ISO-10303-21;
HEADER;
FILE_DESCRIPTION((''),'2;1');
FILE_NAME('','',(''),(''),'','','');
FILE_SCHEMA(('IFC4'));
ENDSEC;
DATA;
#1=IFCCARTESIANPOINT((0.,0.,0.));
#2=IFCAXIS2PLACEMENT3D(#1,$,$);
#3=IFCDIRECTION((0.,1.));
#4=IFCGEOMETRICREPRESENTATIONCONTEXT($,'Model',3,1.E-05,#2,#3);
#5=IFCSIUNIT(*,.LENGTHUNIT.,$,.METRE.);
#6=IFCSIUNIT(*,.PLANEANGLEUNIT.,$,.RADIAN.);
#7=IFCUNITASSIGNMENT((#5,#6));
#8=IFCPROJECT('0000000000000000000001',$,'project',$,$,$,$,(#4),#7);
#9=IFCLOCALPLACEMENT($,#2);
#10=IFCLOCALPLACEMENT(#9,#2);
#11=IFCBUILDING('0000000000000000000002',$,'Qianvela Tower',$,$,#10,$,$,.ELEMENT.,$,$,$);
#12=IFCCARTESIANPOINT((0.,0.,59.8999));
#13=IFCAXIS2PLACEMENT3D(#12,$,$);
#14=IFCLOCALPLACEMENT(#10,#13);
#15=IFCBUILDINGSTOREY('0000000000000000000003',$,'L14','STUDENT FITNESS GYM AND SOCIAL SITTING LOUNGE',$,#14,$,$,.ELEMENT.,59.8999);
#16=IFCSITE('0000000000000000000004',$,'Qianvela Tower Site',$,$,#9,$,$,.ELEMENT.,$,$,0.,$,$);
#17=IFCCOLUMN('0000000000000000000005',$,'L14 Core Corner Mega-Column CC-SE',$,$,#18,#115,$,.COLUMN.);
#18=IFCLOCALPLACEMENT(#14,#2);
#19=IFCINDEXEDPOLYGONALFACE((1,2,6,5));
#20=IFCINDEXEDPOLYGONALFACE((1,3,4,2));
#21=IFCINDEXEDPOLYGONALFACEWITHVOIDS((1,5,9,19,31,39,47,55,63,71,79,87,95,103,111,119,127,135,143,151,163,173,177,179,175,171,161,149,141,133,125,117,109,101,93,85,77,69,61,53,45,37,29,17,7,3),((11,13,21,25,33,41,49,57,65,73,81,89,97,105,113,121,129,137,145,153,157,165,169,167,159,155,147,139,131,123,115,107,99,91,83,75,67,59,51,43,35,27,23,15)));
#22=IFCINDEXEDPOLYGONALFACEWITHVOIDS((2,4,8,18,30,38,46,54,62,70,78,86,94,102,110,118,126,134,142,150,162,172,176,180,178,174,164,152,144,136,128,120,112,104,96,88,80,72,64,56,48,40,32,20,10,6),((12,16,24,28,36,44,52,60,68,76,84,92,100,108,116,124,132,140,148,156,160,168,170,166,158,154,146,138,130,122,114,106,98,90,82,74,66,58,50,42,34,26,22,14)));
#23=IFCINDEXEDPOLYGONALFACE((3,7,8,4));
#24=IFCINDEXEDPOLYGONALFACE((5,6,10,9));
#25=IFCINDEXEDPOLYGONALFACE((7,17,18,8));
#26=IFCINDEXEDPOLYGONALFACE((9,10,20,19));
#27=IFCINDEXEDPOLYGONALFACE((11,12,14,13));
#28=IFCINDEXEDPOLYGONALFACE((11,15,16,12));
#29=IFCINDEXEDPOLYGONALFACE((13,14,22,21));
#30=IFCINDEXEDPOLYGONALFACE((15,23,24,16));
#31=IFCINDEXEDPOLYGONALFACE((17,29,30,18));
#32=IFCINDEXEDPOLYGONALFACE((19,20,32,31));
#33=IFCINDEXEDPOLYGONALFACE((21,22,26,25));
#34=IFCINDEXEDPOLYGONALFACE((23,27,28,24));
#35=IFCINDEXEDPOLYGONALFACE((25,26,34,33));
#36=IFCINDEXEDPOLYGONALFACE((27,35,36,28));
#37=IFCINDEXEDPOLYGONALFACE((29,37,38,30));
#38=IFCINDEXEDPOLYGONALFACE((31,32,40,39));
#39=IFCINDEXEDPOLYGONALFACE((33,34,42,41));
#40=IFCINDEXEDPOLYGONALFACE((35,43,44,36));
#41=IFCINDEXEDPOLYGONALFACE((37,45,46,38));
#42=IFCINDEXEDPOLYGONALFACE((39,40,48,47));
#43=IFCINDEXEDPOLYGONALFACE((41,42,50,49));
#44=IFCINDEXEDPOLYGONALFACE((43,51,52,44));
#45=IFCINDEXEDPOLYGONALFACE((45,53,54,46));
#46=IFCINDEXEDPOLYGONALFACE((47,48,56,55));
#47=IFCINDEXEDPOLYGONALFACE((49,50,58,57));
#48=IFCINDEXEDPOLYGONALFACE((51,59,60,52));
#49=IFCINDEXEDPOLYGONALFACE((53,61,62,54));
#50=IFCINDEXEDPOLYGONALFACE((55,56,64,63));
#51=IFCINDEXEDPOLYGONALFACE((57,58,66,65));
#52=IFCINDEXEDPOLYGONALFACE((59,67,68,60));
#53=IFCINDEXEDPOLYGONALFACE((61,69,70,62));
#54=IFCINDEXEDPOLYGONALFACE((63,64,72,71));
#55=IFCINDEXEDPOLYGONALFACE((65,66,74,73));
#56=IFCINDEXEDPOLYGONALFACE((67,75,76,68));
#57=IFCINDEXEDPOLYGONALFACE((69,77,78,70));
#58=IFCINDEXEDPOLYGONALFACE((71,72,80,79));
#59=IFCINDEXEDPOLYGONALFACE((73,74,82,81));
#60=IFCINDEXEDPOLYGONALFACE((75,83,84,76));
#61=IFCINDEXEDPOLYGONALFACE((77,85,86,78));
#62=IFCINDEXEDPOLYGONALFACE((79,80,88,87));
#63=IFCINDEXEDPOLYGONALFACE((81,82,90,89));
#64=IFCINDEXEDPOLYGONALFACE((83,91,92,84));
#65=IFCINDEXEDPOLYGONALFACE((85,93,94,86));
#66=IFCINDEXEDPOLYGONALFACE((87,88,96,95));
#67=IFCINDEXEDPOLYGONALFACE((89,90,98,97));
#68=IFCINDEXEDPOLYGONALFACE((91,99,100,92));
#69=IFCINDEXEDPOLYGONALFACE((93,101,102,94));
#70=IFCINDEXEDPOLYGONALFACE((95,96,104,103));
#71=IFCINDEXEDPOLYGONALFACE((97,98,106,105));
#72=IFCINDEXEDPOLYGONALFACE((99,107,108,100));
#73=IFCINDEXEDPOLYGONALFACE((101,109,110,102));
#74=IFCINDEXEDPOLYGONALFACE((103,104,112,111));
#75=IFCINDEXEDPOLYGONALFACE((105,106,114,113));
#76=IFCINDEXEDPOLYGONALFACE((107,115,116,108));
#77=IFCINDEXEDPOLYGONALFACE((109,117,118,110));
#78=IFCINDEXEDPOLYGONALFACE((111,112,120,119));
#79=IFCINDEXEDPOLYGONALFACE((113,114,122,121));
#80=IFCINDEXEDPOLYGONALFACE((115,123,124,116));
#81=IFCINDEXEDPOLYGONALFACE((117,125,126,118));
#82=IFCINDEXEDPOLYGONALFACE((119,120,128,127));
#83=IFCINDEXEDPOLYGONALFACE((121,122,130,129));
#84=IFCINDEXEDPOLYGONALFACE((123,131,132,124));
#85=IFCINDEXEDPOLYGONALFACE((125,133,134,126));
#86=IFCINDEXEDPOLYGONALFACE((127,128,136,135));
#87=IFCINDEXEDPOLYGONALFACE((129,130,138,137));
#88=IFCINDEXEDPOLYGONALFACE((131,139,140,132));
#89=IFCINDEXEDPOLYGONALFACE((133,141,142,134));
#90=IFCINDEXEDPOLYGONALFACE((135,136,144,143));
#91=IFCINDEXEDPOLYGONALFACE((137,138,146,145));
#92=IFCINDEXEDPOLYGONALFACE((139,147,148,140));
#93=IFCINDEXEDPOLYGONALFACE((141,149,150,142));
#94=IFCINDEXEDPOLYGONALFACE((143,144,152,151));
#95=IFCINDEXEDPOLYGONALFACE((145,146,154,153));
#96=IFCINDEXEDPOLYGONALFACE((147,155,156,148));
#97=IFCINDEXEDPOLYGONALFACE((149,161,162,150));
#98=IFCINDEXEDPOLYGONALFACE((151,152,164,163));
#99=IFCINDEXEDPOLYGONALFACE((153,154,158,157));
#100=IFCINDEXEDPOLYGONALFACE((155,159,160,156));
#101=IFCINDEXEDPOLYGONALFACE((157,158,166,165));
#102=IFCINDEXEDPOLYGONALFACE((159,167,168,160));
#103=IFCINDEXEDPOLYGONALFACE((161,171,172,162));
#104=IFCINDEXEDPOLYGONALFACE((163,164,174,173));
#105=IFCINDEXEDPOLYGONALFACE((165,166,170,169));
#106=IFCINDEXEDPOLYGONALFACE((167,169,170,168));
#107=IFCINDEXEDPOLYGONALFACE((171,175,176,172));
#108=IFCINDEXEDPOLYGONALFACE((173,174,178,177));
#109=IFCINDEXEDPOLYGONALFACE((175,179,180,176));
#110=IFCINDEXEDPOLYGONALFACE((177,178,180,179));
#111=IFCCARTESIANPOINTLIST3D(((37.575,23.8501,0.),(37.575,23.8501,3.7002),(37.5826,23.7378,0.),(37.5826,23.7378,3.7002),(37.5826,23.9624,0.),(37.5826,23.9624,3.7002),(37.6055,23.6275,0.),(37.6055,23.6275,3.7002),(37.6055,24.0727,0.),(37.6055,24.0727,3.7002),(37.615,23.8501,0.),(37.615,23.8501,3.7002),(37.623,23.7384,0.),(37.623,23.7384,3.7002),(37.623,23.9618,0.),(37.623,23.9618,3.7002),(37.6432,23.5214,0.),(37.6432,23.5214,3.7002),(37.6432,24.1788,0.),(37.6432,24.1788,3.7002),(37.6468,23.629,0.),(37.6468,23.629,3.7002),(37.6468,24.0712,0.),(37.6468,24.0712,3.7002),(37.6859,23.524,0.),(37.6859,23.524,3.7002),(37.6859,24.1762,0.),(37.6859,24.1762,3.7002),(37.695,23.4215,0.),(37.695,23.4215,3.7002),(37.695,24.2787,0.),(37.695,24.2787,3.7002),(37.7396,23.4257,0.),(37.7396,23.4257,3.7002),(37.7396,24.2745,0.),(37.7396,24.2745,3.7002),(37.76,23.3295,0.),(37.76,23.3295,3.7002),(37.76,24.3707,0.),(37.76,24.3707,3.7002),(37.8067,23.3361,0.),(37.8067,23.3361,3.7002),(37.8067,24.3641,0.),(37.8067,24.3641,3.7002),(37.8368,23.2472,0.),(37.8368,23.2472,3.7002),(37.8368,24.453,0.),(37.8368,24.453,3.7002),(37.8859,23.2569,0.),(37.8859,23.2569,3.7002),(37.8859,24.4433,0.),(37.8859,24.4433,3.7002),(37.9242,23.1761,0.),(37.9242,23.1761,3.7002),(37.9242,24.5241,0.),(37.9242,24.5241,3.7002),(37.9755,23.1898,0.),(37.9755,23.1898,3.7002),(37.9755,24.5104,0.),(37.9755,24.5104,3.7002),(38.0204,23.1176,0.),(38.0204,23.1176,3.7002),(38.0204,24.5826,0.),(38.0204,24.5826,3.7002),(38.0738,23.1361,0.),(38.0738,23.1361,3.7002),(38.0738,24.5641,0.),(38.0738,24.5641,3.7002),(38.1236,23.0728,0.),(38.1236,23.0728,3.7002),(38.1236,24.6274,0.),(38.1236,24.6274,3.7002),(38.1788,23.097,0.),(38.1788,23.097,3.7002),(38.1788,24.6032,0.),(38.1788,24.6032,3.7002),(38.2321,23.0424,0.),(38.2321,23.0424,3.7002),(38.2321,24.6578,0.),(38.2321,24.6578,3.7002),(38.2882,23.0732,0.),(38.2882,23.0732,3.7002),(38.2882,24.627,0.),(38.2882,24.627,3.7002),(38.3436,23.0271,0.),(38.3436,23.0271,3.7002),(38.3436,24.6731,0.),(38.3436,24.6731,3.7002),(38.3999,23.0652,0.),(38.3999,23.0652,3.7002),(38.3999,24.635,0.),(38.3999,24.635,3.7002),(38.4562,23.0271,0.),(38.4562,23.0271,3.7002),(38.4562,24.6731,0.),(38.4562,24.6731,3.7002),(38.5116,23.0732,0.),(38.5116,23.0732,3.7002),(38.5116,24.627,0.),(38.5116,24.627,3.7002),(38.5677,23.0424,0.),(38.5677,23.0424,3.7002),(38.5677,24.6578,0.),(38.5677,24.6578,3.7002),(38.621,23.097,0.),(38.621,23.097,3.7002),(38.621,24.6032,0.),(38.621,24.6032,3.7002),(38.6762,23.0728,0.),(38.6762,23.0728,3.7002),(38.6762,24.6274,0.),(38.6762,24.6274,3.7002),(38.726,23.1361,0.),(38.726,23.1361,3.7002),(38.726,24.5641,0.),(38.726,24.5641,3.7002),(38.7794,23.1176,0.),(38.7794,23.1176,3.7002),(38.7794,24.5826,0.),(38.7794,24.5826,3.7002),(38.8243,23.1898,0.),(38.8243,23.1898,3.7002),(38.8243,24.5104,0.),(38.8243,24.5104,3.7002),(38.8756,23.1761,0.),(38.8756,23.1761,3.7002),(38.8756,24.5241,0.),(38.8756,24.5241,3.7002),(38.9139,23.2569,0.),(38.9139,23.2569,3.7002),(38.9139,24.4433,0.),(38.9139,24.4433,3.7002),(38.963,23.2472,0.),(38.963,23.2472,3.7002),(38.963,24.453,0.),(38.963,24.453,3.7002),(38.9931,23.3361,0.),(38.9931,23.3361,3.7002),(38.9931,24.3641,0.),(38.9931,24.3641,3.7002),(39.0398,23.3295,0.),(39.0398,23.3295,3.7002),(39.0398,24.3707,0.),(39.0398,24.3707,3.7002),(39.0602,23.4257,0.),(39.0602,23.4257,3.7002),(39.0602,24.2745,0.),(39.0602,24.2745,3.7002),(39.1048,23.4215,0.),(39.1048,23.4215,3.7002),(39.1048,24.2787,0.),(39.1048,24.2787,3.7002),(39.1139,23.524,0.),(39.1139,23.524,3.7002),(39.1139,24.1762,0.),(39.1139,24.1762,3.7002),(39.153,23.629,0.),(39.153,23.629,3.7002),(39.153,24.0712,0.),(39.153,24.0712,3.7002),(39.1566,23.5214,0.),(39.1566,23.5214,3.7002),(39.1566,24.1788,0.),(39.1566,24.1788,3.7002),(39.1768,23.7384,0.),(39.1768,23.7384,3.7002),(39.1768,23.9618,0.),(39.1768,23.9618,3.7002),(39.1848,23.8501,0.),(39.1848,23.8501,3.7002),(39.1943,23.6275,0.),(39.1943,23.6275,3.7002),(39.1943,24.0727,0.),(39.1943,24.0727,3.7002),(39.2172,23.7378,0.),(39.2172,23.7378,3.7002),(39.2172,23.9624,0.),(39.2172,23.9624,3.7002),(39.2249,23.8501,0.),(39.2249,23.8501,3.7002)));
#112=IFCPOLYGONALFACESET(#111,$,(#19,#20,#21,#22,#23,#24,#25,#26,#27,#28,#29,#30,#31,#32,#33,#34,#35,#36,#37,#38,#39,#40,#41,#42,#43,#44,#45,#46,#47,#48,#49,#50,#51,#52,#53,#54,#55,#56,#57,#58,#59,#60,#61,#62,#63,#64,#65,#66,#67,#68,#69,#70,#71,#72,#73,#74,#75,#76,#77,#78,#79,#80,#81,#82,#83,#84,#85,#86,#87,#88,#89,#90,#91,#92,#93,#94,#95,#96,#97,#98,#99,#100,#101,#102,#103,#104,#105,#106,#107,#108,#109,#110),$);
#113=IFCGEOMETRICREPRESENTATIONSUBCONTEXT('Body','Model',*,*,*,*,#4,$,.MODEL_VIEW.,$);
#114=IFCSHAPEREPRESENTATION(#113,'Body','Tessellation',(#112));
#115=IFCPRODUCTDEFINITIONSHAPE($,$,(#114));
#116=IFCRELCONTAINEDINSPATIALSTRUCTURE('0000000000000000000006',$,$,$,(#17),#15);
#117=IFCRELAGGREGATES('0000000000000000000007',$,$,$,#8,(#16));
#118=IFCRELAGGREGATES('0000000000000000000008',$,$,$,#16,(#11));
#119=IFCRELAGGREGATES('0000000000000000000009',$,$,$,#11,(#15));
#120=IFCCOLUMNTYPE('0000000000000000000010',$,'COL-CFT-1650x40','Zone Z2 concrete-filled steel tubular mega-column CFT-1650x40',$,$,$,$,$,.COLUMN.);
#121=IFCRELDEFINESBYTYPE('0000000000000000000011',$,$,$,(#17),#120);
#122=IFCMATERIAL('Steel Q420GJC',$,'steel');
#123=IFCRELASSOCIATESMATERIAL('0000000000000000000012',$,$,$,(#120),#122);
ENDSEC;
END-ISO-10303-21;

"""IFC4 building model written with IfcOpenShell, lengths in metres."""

from ifc_helpers import new_model, si_unit, direction, frame, origin, origin_2d, place, context, subcontext, project, spatial, hollow_circle, extrude, material, material_profile, profile_set, type_object, element, save


model = new_model("IFC4")

# Units and contexts
model_context = context("Model", 3, precision=1e-05, world=origin(), true_north=direction((0.0, 1.0)))
body_context = subcontext(model_context, "Body", "Model", "MODEL_VIEW")
ifc_project = project(units=[si_unit("LENGTHUNIT", "METRE"), si_unit("PLANEANGLEUNIT", "RADIAN")], contexts=[model_context])

# Site, building, storey
site_placement = place(None, origin())
site = spatial("IfcSite", under=ifc_project, at=site_placement, Name="Qianvela Tower Site", CompositionType="ELEMENT", RefElevation=0.0)
building_placement = place(site_placement, origin())
building = spatial("IfcBuilding", under=site, at=building_placement, Name="Qianvela Tower", CompositionType="ELEMENT")
storey_placement = place(building_placement, frame((0.0, 0.0, 59.8999)))
storey = spatial("IfcBuildingStorey", under=building, at=storey_placement, Name="L14", Description="STUDENT FITNESS GYM AND SOCIAL SITTING LOUNGE", CompositionType="ELEMENT", Elevation=59.8999)

# Column
ifc_material_1 = material(Name="Steel Q420GJC", Category="steel")
ifc_material_profile_1 = material_profile(ifc_material_1, hollow_circle(Radius=0.825, WallThickness=0.04, at=origin_2d()), Name="CFT-1650x40")
ifc_profile_set_1 = profile_set([ifc_material_profile_1], Name="Steel Q420GJC")
column_type = type_object("IfcColumnType", Name="COL-CFT-1650x40", Description="Zone Z2 concrete-filled steel tubular mega-column CFT-1650x40", PredefinedType="COLUMN", material=ifc_profile_set_1)
for number, where, z_axis, x_axis, name in (
    (1, (38.3999, 23.8501, 0.0), (0.0, 0.0, 1.0), (1.0, 0.0, 0.0), "L14 Core Corner Mega-Column CC-SE"),
):
    element("IfcColumn", number, at=place(storey_placement, frame(where, z_axis=z_axis, x_axis=x_axis)), inside=storey, type_object=column_type, Name=name, PredefinedType="COLUMN", context=body_context, shape_type="SweptSolid", body=[
        extrude(hollow_circle(Radius=0.825, WallThickness=0.04, at=origin_2d()), origin(), (0.0, 0.0, 1.0), 3.7002),
    ])

save(model, "model.ifc")
